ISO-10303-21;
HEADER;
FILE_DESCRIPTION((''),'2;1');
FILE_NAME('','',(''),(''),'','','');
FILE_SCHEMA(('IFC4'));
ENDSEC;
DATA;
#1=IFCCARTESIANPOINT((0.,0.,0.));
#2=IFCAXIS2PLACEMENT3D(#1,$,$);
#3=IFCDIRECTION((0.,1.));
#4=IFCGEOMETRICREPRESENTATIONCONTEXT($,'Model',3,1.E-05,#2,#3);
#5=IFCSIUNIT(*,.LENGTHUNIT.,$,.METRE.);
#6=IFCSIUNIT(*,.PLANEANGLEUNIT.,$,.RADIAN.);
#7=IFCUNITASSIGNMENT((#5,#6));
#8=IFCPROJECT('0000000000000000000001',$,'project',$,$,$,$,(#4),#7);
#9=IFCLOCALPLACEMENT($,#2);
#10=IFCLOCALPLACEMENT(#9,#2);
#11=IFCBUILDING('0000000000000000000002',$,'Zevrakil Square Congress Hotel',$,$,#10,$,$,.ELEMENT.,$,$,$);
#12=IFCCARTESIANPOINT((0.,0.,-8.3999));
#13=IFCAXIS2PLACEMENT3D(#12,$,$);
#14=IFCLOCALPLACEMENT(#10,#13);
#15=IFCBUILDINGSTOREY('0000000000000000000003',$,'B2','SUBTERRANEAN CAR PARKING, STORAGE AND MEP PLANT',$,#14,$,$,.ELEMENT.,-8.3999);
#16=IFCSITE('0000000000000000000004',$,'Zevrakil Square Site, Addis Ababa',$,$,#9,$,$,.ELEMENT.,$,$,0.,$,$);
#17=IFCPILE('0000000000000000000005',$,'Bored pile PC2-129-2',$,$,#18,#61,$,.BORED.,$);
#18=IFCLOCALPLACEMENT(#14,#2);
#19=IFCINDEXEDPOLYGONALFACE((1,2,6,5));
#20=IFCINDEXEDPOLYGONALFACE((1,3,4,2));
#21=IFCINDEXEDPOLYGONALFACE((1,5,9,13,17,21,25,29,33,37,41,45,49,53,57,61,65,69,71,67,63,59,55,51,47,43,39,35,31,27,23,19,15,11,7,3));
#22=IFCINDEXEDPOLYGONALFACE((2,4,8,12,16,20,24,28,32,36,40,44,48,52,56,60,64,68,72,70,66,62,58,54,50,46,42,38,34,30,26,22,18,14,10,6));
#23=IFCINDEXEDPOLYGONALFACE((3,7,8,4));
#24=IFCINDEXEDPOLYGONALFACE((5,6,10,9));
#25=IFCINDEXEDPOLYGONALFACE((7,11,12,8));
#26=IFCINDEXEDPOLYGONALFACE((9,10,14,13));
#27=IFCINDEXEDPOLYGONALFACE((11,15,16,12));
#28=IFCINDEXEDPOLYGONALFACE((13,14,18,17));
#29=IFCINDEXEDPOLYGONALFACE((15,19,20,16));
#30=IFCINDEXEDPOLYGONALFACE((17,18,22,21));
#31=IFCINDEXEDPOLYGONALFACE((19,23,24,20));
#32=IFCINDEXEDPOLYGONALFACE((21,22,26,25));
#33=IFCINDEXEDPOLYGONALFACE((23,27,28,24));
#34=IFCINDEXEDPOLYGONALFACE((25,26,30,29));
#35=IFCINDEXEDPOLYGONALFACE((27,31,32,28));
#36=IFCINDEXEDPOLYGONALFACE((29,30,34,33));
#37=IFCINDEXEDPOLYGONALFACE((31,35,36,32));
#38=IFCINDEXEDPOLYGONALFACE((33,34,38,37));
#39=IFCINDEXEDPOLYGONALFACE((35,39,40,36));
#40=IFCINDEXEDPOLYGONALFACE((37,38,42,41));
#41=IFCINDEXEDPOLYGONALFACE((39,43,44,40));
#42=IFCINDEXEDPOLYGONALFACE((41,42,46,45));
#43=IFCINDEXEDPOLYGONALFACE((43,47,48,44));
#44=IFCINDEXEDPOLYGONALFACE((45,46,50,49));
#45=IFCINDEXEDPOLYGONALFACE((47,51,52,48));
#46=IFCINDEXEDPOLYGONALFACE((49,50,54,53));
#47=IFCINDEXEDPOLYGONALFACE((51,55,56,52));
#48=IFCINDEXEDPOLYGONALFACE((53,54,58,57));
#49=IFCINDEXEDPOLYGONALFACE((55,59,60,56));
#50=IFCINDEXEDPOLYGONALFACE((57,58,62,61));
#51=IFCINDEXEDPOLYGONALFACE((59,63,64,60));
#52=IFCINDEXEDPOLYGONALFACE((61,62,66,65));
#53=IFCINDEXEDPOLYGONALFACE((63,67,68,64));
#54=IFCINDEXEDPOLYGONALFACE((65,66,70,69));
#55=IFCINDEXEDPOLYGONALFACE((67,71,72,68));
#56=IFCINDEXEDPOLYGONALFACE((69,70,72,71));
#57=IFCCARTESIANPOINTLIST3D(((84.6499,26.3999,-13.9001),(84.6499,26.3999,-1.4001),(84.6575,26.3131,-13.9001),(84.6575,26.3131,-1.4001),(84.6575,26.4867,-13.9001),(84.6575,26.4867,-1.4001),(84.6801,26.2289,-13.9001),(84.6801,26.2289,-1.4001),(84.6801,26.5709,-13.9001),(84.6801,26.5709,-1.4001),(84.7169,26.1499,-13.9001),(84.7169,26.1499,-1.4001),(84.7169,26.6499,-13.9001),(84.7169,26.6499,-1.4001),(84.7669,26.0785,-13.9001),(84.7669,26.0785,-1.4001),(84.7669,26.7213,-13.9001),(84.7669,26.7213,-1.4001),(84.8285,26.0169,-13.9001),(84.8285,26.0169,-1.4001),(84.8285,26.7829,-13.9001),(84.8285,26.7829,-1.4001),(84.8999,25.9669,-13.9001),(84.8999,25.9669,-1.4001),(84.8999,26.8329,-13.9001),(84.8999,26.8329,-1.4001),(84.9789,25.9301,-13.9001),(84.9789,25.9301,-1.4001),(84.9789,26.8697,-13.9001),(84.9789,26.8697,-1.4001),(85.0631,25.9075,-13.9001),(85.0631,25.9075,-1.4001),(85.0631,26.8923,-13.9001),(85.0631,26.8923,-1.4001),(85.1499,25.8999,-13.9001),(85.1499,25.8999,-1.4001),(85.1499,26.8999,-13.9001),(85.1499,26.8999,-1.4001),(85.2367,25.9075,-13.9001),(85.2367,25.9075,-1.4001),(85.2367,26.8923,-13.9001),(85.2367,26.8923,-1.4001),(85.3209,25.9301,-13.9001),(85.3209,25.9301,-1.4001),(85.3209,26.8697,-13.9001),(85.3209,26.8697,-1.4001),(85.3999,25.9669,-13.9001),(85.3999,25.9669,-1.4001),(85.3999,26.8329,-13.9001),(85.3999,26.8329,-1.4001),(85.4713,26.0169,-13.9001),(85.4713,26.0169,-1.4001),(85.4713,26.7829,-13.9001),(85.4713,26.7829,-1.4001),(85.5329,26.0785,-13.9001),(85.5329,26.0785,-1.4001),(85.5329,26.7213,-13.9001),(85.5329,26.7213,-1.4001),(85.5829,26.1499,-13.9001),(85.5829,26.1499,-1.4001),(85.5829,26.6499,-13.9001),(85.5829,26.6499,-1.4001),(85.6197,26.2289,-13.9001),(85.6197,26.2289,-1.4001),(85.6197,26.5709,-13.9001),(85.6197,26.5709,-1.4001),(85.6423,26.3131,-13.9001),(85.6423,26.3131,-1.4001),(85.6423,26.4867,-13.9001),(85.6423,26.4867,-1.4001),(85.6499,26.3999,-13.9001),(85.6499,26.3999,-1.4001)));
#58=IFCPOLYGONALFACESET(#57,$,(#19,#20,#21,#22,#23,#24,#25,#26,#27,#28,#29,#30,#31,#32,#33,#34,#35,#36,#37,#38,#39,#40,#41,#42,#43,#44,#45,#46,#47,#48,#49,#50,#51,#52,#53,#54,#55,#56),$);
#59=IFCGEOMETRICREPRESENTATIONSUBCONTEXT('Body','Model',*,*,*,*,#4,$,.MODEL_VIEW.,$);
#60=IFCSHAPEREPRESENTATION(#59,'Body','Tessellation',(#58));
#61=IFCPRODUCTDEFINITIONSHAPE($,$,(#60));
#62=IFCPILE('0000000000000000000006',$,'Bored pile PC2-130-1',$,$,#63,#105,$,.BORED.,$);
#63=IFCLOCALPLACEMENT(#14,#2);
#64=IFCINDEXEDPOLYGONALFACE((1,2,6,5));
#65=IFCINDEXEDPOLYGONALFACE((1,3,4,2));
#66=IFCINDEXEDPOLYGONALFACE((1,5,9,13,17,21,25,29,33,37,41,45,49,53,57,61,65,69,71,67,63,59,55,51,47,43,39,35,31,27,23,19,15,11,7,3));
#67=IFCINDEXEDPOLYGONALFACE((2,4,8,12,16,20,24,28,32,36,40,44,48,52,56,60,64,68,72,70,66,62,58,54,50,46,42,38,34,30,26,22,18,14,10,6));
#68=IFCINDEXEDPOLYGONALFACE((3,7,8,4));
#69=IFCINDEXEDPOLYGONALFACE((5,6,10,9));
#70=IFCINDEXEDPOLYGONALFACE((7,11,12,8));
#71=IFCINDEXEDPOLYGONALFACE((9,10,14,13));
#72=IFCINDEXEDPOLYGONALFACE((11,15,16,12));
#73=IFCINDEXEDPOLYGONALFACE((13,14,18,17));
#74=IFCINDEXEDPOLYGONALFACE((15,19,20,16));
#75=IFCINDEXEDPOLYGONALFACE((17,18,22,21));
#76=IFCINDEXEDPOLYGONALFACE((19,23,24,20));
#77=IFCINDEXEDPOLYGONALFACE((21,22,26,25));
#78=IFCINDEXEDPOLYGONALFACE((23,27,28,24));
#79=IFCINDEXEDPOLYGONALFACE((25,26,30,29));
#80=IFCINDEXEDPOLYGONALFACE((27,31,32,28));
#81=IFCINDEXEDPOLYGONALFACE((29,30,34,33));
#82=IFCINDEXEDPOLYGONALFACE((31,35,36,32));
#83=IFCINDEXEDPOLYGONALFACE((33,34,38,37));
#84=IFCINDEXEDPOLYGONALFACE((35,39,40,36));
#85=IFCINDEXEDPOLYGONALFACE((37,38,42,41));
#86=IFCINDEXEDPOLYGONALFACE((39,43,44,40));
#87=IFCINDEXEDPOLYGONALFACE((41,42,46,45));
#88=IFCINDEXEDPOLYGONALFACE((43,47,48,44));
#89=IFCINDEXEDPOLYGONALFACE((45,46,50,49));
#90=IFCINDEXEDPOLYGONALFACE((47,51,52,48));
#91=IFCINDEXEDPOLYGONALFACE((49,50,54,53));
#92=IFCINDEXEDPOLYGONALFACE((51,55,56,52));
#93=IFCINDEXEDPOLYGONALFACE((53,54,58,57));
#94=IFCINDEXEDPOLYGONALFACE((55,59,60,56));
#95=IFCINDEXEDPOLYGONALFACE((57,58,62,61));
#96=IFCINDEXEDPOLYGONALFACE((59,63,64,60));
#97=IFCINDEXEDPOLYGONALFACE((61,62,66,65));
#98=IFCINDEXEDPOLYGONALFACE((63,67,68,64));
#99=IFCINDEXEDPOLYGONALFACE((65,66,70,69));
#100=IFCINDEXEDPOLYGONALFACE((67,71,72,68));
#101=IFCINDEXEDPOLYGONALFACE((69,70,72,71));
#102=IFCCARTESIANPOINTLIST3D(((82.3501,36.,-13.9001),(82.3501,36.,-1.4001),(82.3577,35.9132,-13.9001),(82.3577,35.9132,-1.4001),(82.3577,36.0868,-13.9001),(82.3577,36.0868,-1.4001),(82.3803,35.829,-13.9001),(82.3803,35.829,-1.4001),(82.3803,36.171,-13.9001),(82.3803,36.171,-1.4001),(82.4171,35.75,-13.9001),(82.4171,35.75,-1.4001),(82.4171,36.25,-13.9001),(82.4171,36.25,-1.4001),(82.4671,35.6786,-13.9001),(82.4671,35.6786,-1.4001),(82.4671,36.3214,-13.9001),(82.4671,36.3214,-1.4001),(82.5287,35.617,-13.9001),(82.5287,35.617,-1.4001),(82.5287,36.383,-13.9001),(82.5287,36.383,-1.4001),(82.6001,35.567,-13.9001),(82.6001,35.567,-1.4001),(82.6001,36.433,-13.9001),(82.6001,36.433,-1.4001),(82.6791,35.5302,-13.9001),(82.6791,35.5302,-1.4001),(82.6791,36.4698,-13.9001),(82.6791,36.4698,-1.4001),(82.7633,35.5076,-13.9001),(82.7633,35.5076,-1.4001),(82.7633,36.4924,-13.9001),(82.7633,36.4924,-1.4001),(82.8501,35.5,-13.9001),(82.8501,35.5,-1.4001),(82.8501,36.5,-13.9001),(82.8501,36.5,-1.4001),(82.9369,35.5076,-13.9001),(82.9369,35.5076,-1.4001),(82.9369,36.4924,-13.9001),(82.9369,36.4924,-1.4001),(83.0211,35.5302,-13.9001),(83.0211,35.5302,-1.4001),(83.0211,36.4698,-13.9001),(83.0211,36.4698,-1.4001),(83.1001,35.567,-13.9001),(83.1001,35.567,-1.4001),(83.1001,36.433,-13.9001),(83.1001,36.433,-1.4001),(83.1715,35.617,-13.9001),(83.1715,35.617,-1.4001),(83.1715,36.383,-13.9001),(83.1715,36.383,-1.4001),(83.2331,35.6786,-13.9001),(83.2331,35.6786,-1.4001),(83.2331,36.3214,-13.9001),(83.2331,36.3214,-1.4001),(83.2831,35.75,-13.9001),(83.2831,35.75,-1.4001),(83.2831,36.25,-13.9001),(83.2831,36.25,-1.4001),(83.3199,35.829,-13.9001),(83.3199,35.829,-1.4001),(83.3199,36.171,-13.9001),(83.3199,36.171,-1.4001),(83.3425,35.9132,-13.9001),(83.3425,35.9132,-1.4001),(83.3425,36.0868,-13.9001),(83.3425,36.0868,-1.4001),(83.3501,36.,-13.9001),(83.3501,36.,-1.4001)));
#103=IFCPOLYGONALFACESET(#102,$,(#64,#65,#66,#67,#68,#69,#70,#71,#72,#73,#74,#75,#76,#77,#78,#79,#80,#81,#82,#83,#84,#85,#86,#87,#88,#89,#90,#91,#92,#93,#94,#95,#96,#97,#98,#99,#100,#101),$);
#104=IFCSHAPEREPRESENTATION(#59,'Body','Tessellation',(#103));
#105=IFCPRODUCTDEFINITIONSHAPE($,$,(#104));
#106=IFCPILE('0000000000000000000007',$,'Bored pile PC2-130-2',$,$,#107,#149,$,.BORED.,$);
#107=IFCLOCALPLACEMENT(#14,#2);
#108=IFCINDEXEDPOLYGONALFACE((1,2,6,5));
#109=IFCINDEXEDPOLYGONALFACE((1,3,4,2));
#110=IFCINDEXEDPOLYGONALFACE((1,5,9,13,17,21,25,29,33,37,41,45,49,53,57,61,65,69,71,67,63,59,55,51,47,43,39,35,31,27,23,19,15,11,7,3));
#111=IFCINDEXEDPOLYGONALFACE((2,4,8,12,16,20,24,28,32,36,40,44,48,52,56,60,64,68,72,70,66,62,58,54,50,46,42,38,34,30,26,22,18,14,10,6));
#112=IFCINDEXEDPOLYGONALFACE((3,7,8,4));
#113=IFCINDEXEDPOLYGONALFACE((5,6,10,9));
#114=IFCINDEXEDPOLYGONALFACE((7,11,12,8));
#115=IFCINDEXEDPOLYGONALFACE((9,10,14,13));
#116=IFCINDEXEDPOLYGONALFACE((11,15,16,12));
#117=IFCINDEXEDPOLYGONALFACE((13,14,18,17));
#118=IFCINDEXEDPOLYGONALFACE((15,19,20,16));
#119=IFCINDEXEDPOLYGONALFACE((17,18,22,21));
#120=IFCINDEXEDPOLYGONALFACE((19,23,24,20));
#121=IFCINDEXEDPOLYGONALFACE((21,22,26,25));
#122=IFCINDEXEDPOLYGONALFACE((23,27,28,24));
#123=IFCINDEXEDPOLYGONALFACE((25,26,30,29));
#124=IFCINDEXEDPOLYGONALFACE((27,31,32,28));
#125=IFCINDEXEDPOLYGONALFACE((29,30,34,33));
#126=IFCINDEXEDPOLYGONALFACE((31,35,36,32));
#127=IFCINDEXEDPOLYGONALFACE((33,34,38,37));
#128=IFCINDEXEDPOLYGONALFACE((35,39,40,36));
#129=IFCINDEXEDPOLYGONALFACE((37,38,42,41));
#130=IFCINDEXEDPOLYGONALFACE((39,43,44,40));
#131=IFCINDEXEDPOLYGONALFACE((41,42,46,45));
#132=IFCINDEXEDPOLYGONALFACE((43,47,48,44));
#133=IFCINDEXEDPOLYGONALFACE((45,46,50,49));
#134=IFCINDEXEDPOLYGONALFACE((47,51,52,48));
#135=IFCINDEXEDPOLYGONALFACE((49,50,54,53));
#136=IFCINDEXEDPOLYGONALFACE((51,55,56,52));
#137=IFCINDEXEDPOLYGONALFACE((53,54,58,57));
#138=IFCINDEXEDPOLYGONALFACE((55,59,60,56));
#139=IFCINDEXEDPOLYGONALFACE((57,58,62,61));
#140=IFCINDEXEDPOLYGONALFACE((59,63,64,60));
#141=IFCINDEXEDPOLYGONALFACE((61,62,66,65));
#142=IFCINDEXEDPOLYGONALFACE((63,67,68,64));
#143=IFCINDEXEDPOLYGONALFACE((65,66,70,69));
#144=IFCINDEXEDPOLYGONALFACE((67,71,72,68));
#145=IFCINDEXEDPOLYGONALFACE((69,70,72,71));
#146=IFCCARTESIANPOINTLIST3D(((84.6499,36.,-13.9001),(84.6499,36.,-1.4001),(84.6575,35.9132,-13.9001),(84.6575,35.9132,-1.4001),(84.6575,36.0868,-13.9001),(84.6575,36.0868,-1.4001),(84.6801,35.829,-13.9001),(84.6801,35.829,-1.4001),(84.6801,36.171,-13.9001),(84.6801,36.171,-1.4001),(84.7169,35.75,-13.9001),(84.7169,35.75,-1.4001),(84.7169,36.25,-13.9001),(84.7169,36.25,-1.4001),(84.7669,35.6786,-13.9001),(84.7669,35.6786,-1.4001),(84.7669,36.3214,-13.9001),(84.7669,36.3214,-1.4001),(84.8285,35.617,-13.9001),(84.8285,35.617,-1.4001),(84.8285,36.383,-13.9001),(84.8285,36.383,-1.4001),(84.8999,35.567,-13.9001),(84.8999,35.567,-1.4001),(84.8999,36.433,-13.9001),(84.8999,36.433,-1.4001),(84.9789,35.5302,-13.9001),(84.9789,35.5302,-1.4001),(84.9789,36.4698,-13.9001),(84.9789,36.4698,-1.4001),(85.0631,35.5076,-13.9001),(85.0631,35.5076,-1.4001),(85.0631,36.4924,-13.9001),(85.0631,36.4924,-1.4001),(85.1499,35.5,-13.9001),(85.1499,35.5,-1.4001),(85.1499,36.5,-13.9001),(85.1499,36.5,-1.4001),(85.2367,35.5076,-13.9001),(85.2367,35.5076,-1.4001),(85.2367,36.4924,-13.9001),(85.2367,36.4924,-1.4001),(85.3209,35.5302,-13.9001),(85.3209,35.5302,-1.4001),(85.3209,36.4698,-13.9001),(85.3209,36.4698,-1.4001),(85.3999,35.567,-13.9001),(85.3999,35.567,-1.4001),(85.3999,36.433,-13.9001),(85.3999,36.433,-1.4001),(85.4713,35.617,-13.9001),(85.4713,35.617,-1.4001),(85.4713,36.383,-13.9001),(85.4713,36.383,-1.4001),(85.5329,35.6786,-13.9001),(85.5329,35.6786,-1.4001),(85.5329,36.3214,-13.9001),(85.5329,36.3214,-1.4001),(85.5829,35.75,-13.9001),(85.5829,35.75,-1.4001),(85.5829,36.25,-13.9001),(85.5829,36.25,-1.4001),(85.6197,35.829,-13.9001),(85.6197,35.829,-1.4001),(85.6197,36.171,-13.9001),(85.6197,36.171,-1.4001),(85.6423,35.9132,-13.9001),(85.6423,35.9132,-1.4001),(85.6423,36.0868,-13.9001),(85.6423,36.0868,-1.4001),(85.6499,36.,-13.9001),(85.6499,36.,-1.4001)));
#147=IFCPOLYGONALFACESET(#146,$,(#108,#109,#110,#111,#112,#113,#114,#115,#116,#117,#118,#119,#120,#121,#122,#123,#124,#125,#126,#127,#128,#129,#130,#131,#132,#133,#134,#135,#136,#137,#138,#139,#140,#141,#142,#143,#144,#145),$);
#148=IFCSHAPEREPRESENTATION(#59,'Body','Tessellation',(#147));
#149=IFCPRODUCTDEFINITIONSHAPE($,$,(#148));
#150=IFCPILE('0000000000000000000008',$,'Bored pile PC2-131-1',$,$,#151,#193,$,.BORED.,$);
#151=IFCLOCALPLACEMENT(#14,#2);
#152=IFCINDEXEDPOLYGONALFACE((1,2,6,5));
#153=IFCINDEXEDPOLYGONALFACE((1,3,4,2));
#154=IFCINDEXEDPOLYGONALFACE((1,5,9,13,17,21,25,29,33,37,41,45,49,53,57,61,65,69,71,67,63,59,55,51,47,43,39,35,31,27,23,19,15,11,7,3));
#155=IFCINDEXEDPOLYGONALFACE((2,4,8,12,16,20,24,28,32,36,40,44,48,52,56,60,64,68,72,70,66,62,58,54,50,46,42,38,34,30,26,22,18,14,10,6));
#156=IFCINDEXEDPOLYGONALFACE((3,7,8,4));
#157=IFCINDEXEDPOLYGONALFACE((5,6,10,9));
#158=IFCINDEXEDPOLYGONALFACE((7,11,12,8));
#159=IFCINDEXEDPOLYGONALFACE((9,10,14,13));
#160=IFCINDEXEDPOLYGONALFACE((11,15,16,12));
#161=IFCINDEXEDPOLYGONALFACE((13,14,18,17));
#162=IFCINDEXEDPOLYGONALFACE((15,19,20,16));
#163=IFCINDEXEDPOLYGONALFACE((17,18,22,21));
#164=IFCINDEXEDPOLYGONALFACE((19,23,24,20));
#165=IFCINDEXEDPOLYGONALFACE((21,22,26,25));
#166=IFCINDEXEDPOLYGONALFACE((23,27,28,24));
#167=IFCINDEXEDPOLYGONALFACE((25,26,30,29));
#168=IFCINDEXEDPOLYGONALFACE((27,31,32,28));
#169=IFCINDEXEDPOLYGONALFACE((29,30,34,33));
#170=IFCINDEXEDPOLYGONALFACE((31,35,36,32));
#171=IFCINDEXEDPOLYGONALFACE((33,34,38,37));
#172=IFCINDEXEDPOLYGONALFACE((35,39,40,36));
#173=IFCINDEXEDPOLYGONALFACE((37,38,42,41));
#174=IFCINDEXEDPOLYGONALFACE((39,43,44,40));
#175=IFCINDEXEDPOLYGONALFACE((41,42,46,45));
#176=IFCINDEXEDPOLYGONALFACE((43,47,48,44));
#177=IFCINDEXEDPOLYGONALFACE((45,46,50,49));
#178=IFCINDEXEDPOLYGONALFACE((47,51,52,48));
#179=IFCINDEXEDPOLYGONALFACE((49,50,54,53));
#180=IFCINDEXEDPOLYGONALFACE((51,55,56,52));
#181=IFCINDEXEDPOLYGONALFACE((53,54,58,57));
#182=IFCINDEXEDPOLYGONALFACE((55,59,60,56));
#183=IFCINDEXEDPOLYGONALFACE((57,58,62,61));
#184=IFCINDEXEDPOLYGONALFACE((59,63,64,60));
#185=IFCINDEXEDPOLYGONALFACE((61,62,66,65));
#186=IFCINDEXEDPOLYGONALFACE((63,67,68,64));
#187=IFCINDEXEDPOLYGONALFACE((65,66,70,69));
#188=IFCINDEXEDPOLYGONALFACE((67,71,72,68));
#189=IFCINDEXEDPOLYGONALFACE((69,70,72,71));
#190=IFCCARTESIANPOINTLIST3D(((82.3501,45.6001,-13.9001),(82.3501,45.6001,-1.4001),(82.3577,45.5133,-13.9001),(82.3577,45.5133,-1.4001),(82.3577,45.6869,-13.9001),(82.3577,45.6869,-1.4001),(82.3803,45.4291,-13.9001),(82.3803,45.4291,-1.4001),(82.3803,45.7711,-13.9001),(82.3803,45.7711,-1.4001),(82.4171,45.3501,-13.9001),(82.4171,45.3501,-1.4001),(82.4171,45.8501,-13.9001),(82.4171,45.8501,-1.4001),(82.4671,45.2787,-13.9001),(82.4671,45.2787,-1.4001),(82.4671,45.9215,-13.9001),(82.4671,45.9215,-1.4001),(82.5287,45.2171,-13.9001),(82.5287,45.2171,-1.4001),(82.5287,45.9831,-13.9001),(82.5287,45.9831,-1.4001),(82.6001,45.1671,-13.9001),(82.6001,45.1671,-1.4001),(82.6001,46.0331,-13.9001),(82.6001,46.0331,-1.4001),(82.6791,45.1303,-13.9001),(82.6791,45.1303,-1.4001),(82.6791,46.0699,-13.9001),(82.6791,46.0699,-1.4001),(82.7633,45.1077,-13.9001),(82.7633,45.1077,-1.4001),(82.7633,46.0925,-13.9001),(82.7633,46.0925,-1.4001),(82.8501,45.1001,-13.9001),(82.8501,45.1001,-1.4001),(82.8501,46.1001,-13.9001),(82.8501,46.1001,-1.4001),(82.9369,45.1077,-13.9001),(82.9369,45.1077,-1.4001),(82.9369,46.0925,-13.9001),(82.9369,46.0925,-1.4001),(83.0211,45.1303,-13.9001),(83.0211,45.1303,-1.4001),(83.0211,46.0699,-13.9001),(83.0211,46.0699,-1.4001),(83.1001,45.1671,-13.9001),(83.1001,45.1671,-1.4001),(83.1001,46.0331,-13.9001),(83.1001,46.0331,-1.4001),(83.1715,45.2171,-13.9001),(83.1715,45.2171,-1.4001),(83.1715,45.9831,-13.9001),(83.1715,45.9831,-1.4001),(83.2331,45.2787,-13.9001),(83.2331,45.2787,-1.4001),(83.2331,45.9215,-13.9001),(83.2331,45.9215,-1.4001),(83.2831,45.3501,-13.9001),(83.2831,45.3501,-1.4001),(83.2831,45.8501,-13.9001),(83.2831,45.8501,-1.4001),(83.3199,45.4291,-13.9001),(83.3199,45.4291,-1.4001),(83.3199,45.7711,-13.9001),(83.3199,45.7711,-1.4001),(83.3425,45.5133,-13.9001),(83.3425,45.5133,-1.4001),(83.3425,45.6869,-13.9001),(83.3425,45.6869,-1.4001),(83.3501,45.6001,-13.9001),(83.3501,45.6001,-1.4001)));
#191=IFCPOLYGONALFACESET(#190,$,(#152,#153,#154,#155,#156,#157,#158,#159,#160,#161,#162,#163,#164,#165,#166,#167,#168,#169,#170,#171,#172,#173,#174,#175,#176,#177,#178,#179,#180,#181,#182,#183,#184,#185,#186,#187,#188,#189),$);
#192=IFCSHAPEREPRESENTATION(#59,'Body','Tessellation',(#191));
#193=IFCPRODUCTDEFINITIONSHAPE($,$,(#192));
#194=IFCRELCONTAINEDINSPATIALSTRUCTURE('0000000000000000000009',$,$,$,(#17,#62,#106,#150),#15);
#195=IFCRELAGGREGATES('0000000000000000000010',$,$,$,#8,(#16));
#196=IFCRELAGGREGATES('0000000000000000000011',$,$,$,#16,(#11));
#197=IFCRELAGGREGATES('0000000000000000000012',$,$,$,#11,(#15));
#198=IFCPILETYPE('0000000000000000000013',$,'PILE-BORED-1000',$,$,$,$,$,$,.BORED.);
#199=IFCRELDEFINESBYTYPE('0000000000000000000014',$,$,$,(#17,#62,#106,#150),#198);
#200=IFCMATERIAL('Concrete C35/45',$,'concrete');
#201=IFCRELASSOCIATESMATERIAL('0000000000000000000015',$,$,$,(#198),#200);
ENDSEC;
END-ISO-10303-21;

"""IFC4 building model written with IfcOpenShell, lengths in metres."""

from ifc_helpers import new_model, si_unit, direction, frame, origin, origin_2d, place, context, subcontext, project, spatial, circle, extrude, material, material_profile, profile_set, type_object, element, save


model = new_model("IFC4")

# Units and contexts
model_context = context("Model", 3, precision=1e-05, world=origin(), true_north=direction((0.0, 1.0)))
body_context = subcontext(model_context, "Body", "Model", "MODEL_VIEW")
ifc_project = project(units=[si_unit("LENGTHUNIT", "METRE"), si_unit("PLANEANGLEUNIT", "RADIAN")], contexts=[model_context])

# Site, building, storey
site_placement = place(None, origin())
site = spatial("IfcSite", under=ifc_project, at=site_placement, Name="Zevrakil Square Site, Addis Ababa", CompositionType="ELEMENT", RefElevation=0.0)
building_placement = place(site_placement, origin())
building = spatial("IfcBuilding", under=site, at=building_placement, Name="Zevrakil Square Congress Hotel", CompositionType="ELEMENT")
storey_placement = place(building_placement, frame((0.0, 0.0, -8.3999)))
storey = spatial("IfcBuildingStorey", under=building, at=storey_placement, Name="B2", Description="SUBTERRANEAN CAR PARKING, STORAGE AND MEP PLANT", CompositionType="ELEMENT", Elevation=-8.3999)

# Piles
ifc_material_1 = material(Name="Concrete C35/45", Category="concrete")
ifc_material_profile_1 = material_profile(ifc_material_1, circle(Radius=0.5, at=origin_2d()), Name="PILE D1000")
ifc_profile_set_1 = profile_set([ifc_material_profile_1], Name="Concrete C35/45")
pile_type = type_object("IfcPileType", Name="PILE-BORED-1000", PredefinedType="BORED", material=ifc_profile_set_1)
for number, where, z_axis, x_axis, name in (
    (1, (85.1499, 26.3999, -1.4001), (0.0, 0.0, -1.0), (1.0, 0.0, 0.0), "Bored pile PC2-129-2"),
    (2, (82.8501, 36.0, -1.4001), (0.0, 0.0, -1.0), (1.0, 0.0, 0.0), "Bored pile PC2-130-1"),
    (3, (85.1499, 36.0, -1.4001), (0.0, 0.0, -1.0), (1.0, 0.0, 0.0), "Bored pile PC2-130-2"),
    (4, (82.8501, 45.6001, -1.4001), (0.0, 0.0, -1.0), (1.0, 0.0, 0.0), "Bored pile PC2-131-1"),
):
    element("IfcPile", number, at=place(storey_placement, frame(where, z_axis=z_axis, x_axis=x_axis)), inside=storey, type_object=pile_type, Name=name, PredefinedType="BORED", context=body_context, shape_type="SweptSolid", body=[
        extrude(circle(Radius=0.5, at=origin_2d()), origin(), (0.0, 0.0, 1.0), 12.5),
    ])

save(model, "model.ifc")
